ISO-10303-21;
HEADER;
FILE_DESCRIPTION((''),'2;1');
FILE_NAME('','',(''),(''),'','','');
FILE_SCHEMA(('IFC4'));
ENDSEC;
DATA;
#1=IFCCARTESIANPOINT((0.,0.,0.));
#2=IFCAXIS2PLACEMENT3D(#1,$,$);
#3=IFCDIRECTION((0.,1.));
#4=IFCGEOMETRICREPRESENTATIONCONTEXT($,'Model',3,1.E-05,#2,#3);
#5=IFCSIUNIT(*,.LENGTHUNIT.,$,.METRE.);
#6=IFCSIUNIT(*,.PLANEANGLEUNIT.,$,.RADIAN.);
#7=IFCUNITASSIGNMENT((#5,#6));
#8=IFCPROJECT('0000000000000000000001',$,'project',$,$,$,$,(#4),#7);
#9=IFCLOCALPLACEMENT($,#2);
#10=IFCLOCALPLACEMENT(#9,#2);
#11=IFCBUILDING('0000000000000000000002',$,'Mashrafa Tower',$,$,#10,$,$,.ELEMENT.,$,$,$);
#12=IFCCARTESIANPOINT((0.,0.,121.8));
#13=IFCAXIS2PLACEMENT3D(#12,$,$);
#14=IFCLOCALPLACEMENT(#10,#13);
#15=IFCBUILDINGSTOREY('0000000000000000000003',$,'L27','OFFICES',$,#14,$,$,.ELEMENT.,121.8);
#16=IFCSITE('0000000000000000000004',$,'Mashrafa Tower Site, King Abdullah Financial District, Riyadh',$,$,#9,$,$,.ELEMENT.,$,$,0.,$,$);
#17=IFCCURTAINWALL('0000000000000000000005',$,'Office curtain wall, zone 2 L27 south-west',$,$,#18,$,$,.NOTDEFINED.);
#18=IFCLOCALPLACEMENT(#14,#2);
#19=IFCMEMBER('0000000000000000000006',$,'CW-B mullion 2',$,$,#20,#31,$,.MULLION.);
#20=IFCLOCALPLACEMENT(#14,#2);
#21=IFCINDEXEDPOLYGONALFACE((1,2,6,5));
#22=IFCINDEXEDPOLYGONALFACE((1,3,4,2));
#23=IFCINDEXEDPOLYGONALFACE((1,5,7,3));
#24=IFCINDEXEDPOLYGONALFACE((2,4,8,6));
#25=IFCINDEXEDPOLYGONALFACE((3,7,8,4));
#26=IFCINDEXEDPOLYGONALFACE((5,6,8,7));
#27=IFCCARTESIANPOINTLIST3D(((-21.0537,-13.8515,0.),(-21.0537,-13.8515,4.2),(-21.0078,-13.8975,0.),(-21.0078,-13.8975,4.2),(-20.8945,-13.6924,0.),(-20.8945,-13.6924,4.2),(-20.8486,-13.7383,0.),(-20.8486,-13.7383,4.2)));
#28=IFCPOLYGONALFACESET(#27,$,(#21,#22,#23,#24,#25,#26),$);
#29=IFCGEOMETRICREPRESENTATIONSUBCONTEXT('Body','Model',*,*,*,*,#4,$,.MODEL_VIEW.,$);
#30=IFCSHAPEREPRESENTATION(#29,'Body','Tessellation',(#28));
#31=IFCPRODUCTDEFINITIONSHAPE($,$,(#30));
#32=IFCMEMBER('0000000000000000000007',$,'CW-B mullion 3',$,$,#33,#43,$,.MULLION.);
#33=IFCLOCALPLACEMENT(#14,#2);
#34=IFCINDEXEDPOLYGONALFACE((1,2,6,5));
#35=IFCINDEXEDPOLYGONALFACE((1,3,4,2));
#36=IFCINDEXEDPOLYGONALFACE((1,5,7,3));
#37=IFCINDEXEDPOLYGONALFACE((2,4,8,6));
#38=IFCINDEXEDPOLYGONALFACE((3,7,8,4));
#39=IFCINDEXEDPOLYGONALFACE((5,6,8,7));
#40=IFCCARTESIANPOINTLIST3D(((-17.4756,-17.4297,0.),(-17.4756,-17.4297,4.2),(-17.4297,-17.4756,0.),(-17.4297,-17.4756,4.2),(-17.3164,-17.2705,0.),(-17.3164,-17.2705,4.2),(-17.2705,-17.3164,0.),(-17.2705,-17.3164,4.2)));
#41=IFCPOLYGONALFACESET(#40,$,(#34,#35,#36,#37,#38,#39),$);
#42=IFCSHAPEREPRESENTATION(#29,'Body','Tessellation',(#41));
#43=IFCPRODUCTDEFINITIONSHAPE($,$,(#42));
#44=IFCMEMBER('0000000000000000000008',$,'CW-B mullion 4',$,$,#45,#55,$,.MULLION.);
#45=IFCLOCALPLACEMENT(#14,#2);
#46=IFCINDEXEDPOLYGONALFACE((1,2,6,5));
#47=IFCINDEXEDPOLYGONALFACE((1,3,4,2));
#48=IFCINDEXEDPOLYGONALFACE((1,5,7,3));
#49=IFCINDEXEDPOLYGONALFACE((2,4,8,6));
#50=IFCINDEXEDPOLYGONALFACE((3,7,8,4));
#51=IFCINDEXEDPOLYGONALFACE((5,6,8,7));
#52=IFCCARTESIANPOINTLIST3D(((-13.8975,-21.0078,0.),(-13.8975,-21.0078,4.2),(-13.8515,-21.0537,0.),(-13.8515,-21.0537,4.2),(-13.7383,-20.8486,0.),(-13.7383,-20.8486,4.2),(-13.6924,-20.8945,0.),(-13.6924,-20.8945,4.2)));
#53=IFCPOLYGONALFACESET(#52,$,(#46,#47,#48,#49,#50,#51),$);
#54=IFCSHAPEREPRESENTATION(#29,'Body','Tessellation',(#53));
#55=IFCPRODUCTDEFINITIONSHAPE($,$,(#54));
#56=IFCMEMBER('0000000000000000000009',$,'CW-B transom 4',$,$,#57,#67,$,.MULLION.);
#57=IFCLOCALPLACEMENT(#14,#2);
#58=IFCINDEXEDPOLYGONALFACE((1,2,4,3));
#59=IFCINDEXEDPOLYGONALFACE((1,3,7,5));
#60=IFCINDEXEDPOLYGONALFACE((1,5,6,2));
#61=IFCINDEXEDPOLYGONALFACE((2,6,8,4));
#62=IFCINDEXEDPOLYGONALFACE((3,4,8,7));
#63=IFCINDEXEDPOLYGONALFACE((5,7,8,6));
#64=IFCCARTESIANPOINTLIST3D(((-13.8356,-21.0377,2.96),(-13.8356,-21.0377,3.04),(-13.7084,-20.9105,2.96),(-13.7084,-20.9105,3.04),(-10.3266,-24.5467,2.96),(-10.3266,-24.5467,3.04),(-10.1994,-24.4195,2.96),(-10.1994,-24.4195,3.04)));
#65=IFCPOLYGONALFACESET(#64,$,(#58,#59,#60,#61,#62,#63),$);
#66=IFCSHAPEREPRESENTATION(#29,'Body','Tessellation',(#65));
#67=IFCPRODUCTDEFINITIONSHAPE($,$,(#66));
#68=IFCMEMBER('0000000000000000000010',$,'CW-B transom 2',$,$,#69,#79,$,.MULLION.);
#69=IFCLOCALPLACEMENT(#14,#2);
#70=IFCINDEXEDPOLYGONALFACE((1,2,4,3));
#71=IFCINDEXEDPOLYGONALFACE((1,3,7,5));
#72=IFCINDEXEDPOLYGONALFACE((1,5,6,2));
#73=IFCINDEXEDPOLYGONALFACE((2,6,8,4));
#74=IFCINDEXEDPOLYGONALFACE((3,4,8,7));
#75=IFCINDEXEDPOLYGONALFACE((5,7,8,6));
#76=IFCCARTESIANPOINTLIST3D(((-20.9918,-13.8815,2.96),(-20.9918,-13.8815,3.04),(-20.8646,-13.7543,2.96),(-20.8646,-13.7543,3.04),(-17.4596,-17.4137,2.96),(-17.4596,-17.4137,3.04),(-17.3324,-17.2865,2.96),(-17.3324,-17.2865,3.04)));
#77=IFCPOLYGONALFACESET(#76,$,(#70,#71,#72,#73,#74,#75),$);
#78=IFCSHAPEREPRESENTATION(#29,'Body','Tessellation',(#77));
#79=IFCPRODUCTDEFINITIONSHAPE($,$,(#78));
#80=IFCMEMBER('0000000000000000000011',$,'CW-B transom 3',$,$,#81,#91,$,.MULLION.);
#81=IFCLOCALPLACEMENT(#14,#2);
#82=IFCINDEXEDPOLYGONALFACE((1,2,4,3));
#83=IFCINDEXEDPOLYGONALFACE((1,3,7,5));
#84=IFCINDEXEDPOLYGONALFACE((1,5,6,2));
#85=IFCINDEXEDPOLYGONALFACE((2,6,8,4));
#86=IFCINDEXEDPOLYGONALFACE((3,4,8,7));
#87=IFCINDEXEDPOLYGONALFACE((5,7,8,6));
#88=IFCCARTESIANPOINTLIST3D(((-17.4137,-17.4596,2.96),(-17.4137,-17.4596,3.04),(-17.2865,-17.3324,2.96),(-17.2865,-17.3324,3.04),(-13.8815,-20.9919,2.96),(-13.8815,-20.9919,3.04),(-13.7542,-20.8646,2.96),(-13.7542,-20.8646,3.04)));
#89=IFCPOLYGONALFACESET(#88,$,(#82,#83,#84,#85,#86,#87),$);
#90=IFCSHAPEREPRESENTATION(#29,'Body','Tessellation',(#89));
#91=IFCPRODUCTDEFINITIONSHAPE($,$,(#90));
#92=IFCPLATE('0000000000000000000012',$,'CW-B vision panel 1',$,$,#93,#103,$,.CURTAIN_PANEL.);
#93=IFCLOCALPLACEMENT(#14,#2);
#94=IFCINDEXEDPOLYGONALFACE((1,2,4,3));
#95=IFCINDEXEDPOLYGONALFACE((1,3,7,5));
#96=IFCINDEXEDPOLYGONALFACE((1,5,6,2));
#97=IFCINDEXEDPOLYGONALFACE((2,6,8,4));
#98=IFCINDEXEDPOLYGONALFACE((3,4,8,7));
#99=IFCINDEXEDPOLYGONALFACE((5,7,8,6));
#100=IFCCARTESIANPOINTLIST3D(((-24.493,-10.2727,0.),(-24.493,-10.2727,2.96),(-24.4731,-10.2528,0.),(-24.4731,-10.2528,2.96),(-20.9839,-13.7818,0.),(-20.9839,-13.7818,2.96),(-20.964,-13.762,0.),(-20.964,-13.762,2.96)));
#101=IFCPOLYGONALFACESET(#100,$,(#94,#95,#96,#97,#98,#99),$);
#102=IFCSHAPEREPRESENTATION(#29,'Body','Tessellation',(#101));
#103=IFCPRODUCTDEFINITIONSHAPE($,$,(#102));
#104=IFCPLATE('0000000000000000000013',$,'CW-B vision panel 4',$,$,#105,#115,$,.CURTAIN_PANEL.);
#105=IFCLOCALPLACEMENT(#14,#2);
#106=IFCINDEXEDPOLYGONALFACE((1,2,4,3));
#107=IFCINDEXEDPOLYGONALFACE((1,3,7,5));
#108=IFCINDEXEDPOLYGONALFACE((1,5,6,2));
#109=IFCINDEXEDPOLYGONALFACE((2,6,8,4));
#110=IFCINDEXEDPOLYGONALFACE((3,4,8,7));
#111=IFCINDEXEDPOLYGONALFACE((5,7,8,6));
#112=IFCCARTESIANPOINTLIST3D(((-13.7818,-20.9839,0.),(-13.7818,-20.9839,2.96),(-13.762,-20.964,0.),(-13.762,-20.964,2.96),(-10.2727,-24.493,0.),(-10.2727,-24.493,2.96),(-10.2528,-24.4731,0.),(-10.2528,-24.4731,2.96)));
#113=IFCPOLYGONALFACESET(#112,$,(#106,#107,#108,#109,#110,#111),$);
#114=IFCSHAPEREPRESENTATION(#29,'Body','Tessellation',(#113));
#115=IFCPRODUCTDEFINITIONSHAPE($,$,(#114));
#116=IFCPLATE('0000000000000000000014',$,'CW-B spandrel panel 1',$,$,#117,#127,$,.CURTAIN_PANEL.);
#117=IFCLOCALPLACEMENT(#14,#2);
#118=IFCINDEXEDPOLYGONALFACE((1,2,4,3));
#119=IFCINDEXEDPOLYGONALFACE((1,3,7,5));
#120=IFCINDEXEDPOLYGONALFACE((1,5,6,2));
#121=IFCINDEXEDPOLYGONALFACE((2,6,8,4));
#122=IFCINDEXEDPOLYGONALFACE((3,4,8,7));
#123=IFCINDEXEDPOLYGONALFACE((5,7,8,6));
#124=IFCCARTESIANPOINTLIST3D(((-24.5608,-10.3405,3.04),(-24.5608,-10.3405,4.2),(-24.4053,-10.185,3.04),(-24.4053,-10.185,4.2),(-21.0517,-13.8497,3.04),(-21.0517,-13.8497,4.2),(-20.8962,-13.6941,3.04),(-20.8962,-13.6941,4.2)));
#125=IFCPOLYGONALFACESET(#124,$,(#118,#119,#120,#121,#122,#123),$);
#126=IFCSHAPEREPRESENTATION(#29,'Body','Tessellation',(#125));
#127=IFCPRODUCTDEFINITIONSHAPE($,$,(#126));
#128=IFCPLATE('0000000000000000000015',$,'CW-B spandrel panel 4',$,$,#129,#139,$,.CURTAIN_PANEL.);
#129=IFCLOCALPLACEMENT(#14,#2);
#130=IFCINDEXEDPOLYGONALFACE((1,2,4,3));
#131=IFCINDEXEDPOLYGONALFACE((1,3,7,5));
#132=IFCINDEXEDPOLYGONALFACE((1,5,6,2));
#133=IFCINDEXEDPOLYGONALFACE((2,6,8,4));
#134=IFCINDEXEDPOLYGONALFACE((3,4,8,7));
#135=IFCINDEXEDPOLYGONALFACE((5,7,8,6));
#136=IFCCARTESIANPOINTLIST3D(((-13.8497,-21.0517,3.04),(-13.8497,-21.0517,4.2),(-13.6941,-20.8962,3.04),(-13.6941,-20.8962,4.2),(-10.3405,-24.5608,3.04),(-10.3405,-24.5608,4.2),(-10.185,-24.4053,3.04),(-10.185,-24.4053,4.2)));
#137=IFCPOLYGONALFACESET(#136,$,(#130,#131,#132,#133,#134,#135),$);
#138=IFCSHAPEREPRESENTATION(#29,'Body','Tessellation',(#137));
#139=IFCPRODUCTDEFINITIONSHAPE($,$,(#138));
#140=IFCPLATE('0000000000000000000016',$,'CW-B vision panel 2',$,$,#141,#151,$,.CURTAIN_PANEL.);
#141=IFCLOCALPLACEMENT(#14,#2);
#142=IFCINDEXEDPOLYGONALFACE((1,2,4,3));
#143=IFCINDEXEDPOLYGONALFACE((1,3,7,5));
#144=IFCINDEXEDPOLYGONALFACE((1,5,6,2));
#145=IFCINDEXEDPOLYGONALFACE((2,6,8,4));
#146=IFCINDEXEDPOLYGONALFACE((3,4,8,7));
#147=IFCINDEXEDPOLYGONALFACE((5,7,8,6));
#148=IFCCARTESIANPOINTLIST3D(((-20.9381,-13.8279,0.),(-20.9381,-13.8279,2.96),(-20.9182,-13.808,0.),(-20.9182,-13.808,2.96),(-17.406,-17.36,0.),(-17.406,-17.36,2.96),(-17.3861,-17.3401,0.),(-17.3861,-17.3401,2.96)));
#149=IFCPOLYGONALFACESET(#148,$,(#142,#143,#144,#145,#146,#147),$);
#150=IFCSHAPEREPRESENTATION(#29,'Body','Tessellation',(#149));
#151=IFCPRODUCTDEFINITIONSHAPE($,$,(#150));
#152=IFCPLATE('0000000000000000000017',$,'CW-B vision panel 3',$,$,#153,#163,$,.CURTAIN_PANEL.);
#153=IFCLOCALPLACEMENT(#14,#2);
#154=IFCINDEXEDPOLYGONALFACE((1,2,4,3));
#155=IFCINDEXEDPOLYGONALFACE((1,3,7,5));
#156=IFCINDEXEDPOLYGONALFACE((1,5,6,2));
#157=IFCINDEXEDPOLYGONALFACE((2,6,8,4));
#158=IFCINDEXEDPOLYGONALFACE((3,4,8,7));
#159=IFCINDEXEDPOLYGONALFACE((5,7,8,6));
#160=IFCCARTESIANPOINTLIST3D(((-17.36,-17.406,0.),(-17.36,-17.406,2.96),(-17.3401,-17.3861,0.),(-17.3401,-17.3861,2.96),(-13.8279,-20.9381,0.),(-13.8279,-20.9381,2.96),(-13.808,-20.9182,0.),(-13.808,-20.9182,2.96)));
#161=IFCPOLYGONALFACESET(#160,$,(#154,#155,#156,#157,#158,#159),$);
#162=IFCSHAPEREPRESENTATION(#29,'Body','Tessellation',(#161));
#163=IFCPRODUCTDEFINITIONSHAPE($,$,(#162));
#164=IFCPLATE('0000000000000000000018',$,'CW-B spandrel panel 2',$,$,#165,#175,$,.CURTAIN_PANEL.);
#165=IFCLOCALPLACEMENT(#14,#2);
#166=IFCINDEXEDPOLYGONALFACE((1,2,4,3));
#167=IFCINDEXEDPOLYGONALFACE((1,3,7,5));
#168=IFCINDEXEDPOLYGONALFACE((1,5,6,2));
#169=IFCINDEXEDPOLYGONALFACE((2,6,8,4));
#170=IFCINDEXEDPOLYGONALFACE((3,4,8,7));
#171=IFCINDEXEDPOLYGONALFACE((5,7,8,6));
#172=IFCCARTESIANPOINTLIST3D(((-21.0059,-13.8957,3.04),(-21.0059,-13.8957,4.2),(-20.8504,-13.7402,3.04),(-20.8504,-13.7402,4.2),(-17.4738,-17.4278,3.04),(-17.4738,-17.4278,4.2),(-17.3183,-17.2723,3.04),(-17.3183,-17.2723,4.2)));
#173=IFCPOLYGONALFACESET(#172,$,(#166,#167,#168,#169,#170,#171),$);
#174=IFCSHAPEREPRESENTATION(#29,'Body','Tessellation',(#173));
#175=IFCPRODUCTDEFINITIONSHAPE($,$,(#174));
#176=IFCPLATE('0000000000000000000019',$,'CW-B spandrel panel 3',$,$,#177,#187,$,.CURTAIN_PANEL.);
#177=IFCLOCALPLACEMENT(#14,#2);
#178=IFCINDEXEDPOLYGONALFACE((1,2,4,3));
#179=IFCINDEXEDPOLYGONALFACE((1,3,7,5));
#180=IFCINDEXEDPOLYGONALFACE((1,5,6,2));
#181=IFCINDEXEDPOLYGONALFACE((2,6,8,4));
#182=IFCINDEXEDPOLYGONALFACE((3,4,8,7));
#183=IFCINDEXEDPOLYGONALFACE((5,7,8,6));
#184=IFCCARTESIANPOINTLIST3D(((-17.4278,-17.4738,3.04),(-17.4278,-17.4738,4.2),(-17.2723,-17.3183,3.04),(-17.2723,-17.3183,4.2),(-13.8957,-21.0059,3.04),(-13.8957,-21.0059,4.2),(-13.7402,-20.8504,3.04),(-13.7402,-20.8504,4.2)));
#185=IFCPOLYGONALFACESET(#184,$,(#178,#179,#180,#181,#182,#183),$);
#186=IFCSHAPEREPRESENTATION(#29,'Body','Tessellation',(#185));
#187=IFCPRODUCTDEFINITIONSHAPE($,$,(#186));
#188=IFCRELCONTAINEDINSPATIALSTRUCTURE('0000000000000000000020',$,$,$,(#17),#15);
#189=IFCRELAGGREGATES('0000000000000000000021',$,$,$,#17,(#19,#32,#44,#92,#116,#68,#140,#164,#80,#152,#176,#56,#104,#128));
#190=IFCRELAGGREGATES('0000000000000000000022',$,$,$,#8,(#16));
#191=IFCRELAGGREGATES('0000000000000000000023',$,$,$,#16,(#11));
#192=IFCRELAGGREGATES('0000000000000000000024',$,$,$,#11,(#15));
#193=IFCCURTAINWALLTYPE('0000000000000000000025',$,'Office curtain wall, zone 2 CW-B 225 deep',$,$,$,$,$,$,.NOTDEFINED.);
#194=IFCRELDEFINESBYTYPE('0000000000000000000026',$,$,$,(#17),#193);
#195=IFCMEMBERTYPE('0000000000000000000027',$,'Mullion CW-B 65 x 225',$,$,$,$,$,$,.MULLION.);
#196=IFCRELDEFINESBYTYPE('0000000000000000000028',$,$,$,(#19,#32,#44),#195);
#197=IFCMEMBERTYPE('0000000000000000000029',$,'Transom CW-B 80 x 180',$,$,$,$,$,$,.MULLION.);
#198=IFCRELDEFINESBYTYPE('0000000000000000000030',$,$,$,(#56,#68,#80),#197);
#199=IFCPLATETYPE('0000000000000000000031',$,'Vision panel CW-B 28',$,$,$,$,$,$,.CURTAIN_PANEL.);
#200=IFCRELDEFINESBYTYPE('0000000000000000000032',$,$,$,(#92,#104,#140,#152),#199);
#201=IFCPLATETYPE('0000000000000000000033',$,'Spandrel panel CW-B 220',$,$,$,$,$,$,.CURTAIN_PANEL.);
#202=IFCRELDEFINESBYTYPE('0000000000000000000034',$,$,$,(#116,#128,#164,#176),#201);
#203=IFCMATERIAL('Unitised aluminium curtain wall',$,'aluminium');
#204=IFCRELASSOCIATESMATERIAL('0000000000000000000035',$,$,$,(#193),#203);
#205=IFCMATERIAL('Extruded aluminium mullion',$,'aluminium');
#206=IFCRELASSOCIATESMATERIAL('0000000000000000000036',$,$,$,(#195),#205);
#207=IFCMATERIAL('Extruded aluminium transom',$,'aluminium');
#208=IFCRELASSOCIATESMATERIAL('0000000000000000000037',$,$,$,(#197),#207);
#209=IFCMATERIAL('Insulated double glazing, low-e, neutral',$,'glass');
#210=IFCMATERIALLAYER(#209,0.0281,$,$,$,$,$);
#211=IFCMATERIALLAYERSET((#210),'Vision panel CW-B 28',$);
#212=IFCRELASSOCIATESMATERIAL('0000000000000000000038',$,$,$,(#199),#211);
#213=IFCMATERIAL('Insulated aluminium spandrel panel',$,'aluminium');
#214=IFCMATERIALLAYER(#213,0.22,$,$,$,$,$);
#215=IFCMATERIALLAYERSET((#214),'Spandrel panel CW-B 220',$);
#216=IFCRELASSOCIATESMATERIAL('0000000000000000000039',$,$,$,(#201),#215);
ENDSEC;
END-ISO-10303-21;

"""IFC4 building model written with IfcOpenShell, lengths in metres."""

from ifc_helpers import new_model, si_unit, direction, frame, origin, origin_2d, place, context, subcontext, project, spatial, rectangle, extrude, source, transform, mapped, material, layer, layer_set, material_profile, profile_set, type_object, type_shapes, element, aggregate, save


model = new_model("IFC4")

# Units and contexts
model_context = context("Model", 3, precision=1e-05, world=origin(), true_north=direction((0.0, 1.0)))
body_context = subcontext(model_context, "Body", "Model", "MODEL_VIEW")
ifc_project = project(units=[si_unit("LENGTHUNIT", "METRE"), si_unit("PLANEANGLEUNIT", "RADIAN")], contexts=[model_context])

# Site, building, storey
site_placement = place(None, origin())
site = spatial("IfcSite", under=ifc_project, at=site_placement, Name="Mashrafa Tower Site, King Abdullah Financial District, Riyadh", CompositionType="ELEMENT", RefElevation=0.0)
building_placement = place(site_placement, origin())
building = spatial("IfcBuilding", under=site, at=building_placement, Name="Mashrafa Tower", CompositionType="ELEMENT")
storey_placement = place(building_placement, frame((0.0, 0.0, 121.8)))
storey = spatial("IfcBuildingStorey", under=building, at=storey_placement, Name="L27", Description="OFFICES", CompositionType="ELEMENT", Elevation=121.8)

# Curtain wall, members, plates
ifc_material_1 = material(Name="Unitised aluminium curtain wall", Category="aluminium")
curtain_wall_type = type_object("IfcCurtainWallType", Name="Office curtain wall, zone 2 CW-B 225 deep", PredefinedType="NOTDEFINED", material=ifc_material_1)
curtain_wall_placement = place(storey_placement, origin())
curtain_wall = element("IfcCurtainWall", 1, at=curtain_wall_placement, inside=storey, type_object=curtain_wall_type, Name="Office curtain wall, zone 2 L27 south-west", PredefinedType="NOTDEFINED")
ifc_material_2 = material(Name="Extruded aluminium mullion", Category="aluminium")
ifc_material_profile_1 = material_profile(ifc_material_2, rectangle(XDim=0.2251, YDim=0.0649, at=origin_2d()), Name="Mullion 65x225")
ifc_profile_set_1 = profile_set([ifc_material_profile_1], Name="Extruded aluminium mullion")
member_type_1 = type_object("IfcMemberType", Name="Mullion CW-B 65 x 225", PredefinedType="MULLION", material=ifc_profile_set_1)
shared_shape_1 = source(origin(), body_context, "Body", "SweptSolid", [
    extrude(rectangle(XDim=0.2251, YDim=0.0649, at=origin_2d()), origin(), (0.0, 0.0, 1.0), 4.2),
])
type_shapes(member_type_1, [shared_shape_1])
member_1_placement = place(storey_placement, frame((-20.9512, -13.7949, 0.0), z_axis=(0.0, 0.0, 1.0), x_axis=(0.707107, 0.707107, 0.0)))
member_1 = element("IfcMember", 2, at=member_1_placement, type_object=member_type_1, Name="CW-B mullion 2", PredefinedType="MULLION", context=body_context, shape_type="MappedRepresentation", body=[
    mapped(shared_shape_1, transform((0.0, 0.0, 0.0))),
])
member_2_placement = place(storey_placement, frame((-17.373, -17.373, 0.0), z_axis=(0.0, 0.0, 1.0), x_axis=(0.707107, 0.707107, 0.0)))
member_2 = element("IfcMember", 3, at=member_2_placement, type_object=member_type_1, Name="CW-B mullion 3", PredefinedType="MULLION", context=body_context, shape_type="MappedRepresentation", body=[
    mapped(shared_shape_1, transform((0.0, 0.0, 0.0))),
])
member_3_placement = place(storey_placement, frame((-13.7949, -20.9512, 0.0), z_axis=(0.0, 0.0, 1.0), x_axis=(0.707107, 0.707107, 0.0)))
member_3 = element("IfcMember", 4, at=member_3_placement, type_object=member_type_1, Name="CW-B mullion 4", PredefinedType="MULLION", context=body_context, shape_type="MappedRepresentation", body=[
    mapped(shared_shape_1, transform((0.0, 0.0, 0.0))),
])
ifc_material_3 = material(Name="Extruded aluminium transom", Category="aluminium")
ifc_material_profile_2 = material_profile(ifc_material_3, rectangle(XDim=0.1799, YDim=0.0801, at=origin_2d()), Name="Transom 80x180")
ifc_profile_set_2 = profile_set([ifc_material_profile_2], Name="Extruded aluminium transom")
member_type_2 = type_object("IfcMemberType", Name="Transom CW-B 80 x 180", PredefinedType="MULLION", material=ifc_profile_set_2)
shared_shape_2 = source(origin(), body_context, "Body", "SweptSolid", [
    extrude(rectangle(XDim=0.1799, YDim=0.0801, at=origin_2d()), origin(), (0.0, 0.0, 1.0), 4.9624),
])
member_4_placement = place(storey_placement, frame((-13.772, -20.9741, 3.0), z_axis=(0.707107, -0.707107, 0.0), x_axis=(0.707107, 0.707107, 0.0)))
member_4 = element("IfcMember", 5, at=member_4_placement, type_object=member_type_2, Name="CW-B transom 4", PredefinedType="MULLION", context=body_context, shape_type="MappedRepresentation", body=[
    mapped(shared_shape_2, transform((0.0, 0.0, 0.0))),
])
shared_shape_3 = source(origin(), body_context, "Body", "SweptSolid", [
    extrude(rectangle(XDim=0.1799, YDim=0.0801, at=origin_2d()), origin(), (0.0, 0.0, 1.0), 4.9954),
])
type_shapes(member_type_2, [shared_shape_2, shared_shape_3])
member_5_placement = place(storey_placement, frame((-20.9282, -13.8179, 3.0), z_axis=(0.707107, -0.707107, 0.0), x_axis=(0.707107, 0.707107, 0.0)))
member_5 = element("IfcMember", 6, at=member_5_placement, type_object=member_type_2, Name="CW-B transom 2", PredefinedType="MULLION", context=body_context, shape_type="MappedRepresentation", body=[
    mapped(shared_shape_3, transform((0.0, 0.0, 0.0))),
])
member_6_placement = place(storey_placement, frame((-17.3501, -17.396, 3.0), z_axis=(0.707107, -0.707107, 0.0), x_axis=(0.707107, 0.707107, 0.0)))
member_6 = element("IfcMember", 7, at=member_6_placement, type_object=member_type_2, Name="CW-B transom 3", PredefinedType="MULLION", context=body_context, shape_type="MappedRepresentation", body=[
    mapped(shared_shape_3, transform((0.0, 0.0, 0.0))),
])
ifc_material_4 = material(Name="Insulated double glazing, low-e, neutral", Category="glass")
ifc_layer_1 = layer(ifc_material_4, 0.0281)
ifc_layer_set_1 = layer_set([ifc_layer_1], Name="Vision panel CW-B 28")
plate_type_1 = type_object("IfcPlateType", Name="Vision panel CW-B 28", PredefinedType="CURTAIN_PANEL", material=ifc_layer_set_1)
shared_shape_4 = source(origin(), body_context, "Body", "SweptSolid", [
    extrude(rectangle(XDim=4.9626, YDim=0.0281, at=origin_2d()), origin(), (0.0, 0.0, 1.0), 2.96),
])
plate_1_placement = place(storey_placement, frame((-22.7285, -12.0173, 0.0), z_axis=(0.0, 0.0, 1.0), x_axis=(0.707107, -0.707107, 0.0)))
plate_1 = element("IfcPlate", 8, at=plate_1_placement, type_object=plate_type_1, Name="CW-B vision panel 1", PredefinedType="CURTAIN_PANEL", context=body_context, shape_type="MappedRepresentation", body=[
    mapped(shared_shape_4, transform((0.0, 0.0, 0.0))),
])
plate_2_placement = place(storey_placement, frame((-12.0173, -22.7285, 0.0), z_axis=(0.0, 0.0, 1.0), x_axis=(0.707107, -0.707107, 0.0)))
plate_2 = element("IfcPlate", 9, at=plate_2_placement, type_object=plate_type_1, Name="CW-B vision panel 4", PredefinedType="CURTAIN_PANEL", context=body_context, shape_type="MappedRepresentation", body=[
    mapped(shared_shape_4, transform((0.0, 0.0, 0.0))),
])
ifc_material_5 = material(Name="Insulated aluminium spandrel panel", Category="aluminium")
ifc_layer_2 = layer(ifc_material_5, 0.22)
ifc_layer_set_2 = layer_set([ifc_layer_2], Name="Spandrel panel CW-B 220")
plate_type_2 = type_object("IfcPlateType", Name="Spandrel panel CW-B 220", PredefinedType="CURTAIN_PANEL", material=ifc_layer_set_2)
shared_shape_5 = source(origin(), body_context, "Body", "SweptSolid", [
    extrude(rectangle(XDim=4.9626, YDim=0.22, at=origin_2d()), origin(), (0.0, 0.0, 1.0), 1.1599),
])
plate_3_placement = place(storey_placement, frame((-22.7285, -12.0173, 3.04), z_axis=(0.0, 0.0, 1.0), x_axis=(0.707107, -0.707107, 0.0)))
plate_3 = element("IfcPlate", 10, at=plate_3_placement, type_object=plate_type_2, Name="CW-B spandrel panel 1", PredefinedType="CURTAIN_PANEL", context=body_context, shape_type="MappedRepresentation", body=[
    mapped(shared_shape_5, transform((0.0, 0.0, 0.0))),
])
plate_4_placement = place(storey_placement, frame((-12.0173, -22.7285, 3.04), z_axis=(0.0, 0.0, 1.0), x_axis=(0.707107, -0.707107, 0.0)))
plate_4 = element("IfcPlate", 11, at=plate_4_placement, type_object=plate_type_2, Name="CW-B spandrel panel 4", PredefinedType="CURTAIN_PANEL", context=body_context, shape_type="MappedRepresentation", body=[
    mapped(shared_shape_5, transform((0.0, 0.0, 0.0))),
])
shared_shape_6 = source(origin(), body_context, "Body", "SweptSolid", [
    extrude(rectangle(XDim=4.9951, YDim=0.0281, at=origin_2d()), origin(), (0.0, 0.0, 1.0), 2.96),
])
type_shapes(plate_type_1, [shared_shape_4, shared_shape_6])
plate_5_placement = place(storey_placement, frame((-19.1621, -15.584, 0.0), z_axis=(0.0, 0.0, 1.0), x_axis=(0.707107, -0.707107, 0.0)))
plate_5 = element("IfcPlate", 12, at=plate_5_placement, type_object=plate_type_1, Name="CW-B vision panel 2", PredefinedType="CURTAIN_PANEL", context=body_context, shape_type="MappedRepresentation", body=[
    mapped(shared_shape_6, transform((0.0, 0.0, 0.0))),
])
plate_6_placement = place(storey_placement, frame((-15.584, -19.1621, 0.0), z_axis=(0.0, 0.0, 1.0), x_axis=(0.707107, -0.707107, 0.0)))
plate_6 = element("IfcPlate", 13, at=plate_6_placement, type_object=plate_type_1, Name="CW-B vision panel 3", PredefinedType="CURTAIN_PANEL", context=body_context, shape_type="MappedRepresentation", body=[
    mapped(shared_shape_6, transform((0.0, 0.0, 0.0))),
])
shared_shape_7 = source(origin(), body_context, "Body", "SweptSolid", [
    extrude(rectangle(XDim=4.9951, YDim=0.22, at=origin_2d()), origin(), (0.0, 0.0, 1.0), 1.1599),
])
type_shapes(plate_type_2, [shared_shape_5, shared_shape_7])
plate_7_placement = place(storey_placement, frame((-19.1621, -15.584, 3.04), z_axis=(0.0, 0.0, 1.0), x_axis=(0.707107, -0.707107, 0.0)))
plate_7 = element("IfcPlate", 14, at=plate_7_placement, type_object=plate_type_2, Name="CW-B spandrel panel 2", PredefinedType="CURTAIN_PANEL", context=body_context, shape_type="MappedRepresentation", body=[
    mapped(shared_shape_7, transform((0.0, 0.0, 0.0))),
])
plate_8_placement = place(storey_placement, frame((-15.584, -19.1621, 3.04), z_axis=(0.0, 0.0, 1.0), x_axis=(0.707107, -0.707107, 0.0)))
plate_8 = element("IfcPlate", 15, at=plate_8_placement, type_object=plate_type_2, Name="CW-B spandrel panel 3", PredefinedType="CURTAIN_PANEL", context=body_context, shape_type="MappedRepresentation", body=[
    mapped(shared_shape_7, transform((0.0, 0.0, 0.0))),
])
aggregate(curtain_wall, [member_1, member_2, member_3, plate_1, plate_3, member_5, plate_5, plate_7, member_6, plate_6, plate_8, member_4, plate_2, plate_4])

save(model, "model.ifc")
